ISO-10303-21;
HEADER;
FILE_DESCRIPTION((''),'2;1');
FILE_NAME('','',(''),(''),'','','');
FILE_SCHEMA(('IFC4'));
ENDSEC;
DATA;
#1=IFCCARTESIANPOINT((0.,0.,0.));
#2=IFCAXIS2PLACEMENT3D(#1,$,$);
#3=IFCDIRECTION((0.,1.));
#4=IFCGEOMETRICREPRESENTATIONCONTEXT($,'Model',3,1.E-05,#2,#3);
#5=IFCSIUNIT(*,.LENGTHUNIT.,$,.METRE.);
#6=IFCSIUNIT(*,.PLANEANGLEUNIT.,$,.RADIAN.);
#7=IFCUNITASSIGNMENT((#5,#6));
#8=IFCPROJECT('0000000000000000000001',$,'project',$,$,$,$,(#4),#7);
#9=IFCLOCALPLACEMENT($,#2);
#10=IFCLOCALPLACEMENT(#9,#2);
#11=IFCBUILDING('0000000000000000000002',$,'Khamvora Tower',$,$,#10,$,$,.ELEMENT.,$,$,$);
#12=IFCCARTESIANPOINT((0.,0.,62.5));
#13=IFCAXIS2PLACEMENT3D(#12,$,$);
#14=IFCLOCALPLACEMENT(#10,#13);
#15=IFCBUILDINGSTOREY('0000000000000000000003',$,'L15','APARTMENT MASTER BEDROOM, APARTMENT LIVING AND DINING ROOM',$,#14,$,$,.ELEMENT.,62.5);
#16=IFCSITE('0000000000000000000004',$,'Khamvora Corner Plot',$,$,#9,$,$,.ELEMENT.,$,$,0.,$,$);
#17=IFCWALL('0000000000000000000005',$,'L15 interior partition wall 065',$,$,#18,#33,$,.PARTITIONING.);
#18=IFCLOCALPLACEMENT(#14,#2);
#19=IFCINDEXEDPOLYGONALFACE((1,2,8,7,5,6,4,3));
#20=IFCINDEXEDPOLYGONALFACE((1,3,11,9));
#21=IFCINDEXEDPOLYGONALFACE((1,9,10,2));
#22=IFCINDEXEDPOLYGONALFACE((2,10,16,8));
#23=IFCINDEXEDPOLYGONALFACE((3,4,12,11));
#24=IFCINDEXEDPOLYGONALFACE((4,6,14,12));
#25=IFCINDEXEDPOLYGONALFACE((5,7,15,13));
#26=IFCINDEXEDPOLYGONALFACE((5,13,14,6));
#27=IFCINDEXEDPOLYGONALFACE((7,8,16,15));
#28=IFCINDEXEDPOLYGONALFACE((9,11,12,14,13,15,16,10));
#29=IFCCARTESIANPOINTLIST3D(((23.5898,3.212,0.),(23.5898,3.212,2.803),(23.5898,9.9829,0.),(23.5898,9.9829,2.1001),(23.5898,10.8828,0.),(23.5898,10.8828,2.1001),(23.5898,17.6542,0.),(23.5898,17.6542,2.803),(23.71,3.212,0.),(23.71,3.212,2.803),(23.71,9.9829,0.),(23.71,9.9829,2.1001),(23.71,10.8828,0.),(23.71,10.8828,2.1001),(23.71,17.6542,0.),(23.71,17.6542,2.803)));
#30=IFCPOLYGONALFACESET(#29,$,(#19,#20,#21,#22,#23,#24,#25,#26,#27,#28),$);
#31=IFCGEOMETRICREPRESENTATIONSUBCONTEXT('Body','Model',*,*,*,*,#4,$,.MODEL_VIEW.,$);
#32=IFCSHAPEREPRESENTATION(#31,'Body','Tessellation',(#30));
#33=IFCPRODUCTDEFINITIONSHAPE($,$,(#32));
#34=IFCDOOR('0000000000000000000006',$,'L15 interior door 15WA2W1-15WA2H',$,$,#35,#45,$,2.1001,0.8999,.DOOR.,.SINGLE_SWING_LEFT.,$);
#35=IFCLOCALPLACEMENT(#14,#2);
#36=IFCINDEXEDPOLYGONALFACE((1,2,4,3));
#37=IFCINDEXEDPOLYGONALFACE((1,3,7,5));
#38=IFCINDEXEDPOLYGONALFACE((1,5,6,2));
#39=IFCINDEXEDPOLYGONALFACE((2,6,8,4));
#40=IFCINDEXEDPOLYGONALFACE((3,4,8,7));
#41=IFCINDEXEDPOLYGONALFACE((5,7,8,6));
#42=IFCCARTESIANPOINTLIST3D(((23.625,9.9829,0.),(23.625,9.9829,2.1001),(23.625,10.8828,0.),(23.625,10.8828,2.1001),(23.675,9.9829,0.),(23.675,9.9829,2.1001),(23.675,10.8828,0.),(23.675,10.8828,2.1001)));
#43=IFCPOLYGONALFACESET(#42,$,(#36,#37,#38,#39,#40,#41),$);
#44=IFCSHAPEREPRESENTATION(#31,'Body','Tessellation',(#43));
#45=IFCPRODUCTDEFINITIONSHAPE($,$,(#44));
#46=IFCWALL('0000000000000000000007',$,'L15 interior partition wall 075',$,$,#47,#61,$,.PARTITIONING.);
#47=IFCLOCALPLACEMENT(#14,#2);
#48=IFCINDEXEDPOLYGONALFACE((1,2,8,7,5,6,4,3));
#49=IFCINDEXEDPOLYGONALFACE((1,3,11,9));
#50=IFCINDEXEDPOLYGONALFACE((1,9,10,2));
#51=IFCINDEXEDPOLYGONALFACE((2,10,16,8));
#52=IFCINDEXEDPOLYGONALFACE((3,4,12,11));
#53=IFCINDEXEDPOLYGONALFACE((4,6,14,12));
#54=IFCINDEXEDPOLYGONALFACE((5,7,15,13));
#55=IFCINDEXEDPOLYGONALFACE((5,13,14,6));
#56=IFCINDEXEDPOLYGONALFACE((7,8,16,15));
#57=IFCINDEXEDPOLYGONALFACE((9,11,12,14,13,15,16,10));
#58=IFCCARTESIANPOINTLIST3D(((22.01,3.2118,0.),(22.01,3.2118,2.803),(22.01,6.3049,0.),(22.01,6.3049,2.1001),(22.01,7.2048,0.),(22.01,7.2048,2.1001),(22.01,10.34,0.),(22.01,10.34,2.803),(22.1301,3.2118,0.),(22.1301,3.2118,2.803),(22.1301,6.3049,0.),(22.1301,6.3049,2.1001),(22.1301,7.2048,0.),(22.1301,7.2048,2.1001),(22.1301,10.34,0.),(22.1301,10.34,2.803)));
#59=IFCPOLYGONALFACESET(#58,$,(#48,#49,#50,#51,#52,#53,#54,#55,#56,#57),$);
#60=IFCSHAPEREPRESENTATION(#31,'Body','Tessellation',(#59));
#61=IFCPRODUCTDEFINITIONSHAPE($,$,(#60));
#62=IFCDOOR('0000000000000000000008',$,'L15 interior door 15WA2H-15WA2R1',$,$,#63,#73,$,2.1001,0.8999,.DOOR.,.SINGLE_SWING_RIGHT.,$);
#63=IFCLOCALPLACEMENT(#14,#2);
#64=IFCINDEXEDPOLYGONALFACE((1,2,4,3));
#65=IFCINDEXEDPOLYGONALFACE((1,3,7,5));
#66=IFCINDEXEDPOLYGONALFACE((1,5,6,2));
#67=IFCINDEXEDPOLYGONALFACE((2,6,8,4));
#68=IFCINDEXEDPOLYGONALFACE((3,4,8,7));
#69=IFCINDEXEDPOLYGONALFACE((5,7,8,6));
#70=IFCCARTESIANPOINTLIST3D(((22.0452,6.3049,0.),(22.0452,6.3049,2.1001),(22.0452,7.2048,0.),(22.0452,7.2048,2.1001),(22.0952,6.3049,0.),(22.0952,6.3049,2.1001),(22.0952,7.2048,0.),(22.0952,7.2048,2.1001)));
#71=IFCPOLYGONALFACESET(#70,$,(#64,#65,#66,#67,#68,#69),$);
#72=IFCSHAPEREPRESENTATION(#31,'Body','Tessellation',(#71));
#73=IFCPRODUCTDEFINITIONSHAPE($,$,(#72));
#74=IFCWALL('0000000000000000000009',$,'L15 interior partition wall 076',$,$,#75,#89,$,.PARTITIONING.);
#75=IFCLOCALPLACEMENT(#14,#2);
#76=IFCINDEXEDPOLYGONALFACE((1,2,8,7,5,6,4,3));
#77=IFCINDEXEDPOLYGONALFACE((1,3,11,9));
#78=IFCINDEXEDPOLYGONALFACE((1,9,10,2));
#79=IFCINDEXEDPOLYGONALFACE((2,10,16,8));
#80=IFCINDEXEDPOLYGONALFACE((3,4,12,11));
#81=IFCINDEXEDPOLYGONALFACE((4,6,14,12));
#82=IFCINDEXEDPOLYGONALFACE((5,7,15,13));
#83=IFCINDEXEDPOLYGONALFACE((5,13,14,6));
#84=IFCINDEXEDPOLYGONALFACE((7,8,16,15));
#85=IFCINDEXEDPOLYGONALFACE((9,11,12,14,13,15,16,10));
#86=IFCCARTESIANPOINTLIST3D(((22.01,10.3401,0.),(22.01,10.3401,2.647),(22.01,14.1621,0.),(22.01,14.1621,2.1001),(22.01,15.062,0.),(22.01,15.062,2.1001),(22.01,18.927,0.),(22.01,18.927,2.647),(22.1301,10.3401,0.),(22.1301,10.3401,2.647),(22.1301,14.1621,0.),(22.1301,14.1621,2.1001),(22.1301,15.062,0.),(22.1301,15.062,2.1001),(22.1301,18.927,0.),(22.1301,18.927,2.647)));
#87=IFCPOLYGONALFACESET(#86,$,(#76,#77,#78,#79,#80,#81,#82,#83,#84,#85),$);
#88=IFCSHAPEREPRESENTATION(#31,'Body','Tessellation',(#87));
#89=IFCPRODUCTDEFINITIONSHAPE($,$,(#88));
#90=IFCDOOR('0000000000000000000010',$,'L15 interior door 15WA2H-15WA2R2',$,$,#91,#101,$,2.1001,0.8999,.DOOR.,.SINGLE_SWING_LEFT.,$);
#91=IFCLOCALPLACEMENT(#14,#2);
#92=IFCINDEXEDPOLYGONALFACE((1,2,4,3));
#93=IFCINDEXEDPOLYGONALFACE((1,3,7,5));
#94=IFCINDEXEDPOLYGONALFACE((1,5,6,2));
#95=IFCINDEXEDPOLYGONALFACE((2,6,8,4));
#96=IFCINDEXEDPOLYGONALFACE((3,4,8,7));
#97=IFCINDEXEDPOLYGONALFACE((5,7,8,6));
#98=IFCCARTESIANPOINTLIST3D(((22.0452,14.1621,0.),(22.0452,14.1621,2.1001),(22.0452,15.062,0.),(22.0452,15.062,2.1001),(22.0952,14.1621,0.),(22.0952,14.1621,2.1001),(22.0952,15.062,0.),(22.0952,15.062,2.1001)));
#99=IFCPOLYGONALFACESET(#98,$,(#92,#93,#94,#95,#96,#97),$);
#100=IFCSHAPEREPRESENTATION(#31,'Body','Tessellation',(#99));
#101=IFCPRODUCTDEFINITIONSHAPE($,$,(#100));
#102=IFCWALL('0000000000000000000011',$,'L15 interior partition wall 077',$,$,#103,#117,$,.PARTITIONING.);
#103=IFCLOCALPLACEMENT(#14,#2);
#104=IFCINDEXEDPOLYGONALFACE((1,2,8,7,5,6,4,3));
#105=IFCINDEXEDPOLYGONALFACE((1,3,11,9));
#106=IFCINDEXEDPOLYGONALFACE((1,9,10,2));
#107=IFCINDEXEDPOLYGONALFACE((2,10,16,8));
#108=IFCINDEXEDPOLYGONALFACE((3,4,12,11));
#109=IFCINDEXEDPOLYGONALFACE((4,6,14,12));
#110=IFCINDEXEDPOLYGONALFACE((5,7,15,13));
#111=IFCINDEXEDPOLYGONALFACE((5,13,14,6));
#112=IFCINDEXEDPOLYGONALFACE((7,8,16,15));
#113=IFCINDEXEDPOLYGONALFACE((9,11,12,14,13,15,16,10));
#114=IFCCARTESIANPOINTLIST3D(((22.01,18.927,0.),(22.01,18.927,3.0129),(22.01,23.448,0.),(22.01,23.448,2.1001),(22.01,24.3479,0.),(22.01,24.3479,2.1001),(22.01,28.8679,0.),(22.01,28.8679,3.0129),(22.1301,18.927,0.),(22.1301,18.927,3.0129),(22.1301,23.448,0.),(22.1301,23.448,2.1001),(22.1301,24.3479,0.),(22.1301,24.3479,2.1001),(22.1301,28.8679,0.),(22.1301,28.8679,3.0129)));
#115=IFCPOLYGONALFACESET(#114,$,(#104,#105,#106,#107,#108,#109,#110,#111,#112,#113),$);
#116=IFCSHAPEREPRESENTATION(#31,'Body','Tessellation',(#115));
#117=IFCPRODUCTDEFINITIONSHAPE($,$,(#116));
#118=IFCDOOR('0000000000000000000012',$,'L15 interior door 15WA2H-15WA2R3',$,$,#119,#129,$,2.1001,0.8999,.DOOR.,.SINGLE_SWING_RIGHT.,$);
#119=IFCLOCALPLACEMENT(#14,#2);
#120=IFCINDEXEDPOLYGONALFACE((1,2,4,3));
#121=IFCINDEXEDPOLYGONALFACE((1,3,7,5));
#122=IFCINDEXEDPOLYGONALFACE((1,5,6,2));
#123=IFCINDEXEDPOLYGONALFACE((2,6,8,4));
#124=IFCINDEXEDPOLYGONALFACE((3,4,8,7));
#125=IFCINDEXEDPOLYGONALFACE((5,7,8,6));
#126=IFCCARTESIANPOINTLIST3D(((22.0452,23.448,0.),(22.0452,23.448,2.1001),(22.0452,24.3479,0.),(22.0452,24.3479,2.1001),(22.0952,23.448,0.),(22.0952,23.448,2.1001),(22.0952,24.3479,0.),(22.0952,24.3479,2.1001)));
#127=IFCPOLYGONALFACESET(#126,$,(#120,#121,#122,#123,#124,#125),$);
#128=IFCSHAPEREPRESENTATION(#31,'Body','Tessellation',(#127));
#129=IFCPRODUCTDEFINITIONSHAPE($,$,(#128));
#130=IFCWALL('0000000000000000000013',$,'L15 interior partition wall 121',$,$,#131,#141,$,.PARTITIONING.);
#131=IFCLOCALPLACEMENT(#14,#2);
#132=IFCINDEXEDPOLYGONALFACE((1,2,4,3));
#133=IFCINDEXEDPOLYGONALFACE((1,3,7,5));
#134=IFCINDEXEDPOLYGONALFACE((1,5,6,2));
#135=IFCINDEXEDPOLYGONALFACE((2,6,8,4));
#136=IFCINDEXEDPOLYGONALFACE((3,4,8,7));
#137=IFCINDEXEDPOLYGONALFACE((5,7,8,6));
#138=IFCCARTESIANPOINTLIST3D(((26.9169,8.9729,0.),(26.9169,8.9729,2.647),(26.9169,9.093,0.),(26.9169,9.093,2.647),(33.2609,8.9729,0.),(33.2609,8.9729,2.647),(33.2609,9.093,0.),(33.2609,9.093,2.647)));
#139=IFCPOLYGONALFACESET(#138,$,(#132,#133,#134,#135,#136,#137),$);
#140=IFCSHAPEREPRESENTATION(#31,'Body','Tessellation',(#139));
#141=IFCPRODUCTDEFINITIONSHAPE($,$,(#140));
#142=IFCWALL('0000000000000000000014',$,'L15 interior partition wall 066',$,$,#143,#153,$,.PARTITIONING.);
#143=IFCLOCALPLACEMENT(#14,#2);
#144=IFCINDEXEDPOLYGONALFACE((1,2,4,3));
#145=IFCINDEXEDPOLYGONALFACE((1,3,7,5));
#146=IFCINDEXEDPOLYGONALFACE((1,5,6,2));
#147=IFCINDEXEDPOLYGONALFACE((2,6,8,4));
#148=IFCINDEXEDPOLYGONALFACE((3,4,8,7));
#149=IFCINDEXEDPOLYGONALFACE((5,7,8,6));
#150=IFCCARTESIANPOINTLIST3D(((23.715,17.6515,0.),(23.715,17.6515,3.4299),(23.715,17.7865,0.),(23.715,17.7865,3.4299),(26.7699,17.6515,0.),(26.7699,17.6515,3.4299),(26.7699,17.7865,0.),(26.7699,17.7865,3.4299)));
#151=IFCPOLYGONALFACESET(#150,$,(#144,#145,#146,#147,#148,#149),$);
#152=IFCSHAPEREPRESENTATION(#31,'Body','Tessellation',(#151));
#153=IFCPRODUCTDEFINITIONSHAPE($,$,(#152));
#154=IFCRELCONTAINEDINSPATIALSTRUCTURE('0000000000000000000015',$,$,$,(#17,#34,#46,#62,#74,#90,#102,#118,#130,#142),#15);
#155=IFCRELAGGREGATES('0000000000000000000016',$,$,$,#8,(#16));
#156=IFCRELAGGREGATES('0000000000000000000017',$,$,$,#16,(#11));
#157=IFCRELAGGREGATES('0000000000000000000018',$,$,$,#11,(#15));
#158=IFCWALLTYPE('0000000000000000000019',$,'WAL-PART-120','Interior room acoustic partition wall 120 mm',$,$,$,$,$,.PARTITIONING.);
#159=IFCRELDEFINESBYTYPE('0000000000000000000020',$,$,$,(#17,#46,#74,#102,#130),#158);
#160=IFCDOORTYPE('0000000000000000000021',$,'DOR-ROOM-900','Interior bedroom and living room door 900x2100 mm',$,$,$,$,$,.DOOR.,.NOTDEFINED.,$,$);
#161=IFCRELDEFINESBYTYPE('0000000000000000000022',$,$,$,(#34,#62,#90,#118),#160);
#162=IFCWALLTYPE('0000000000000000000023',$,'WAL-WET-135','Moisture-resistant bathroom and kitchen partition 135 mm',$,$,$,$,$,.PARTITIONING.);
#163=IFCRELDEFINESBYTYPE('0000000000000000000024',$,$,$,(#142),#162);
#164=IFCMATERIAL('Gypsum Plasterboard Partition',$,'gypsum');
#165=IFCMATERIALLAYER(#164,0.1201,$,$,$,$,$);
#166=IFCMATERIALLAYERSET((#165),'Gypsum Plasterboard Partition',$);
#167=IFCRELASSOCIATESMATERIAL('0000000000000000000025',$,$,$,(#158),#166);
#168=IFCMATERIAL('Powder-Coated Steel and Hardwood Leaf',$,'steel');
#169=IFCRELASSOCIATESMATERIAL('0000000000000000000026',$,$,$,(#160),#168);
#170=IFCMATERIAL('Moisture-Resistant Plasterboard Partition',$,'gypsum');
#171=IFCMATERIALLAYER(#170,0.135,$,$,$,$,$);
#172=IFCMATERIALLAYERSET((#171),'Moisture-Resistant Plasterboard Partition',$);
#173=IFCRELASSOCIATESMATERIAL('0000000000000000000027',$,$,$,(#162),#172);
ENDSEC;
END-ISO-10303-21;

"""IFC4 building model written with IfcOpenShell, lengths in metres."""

from ifc_helpers import new_model, si_unit, direction, frame, frame_2d, origin, place, context, subcontext, project, spatial, rectangle, extrude, material, layer, layer_set, type_object, element, fill, save


model = new_model("IFC4")

# Units and contexts
model_context = context("Model", 3, precision=1e-05, world=origin(), true_north=direction((0.0, 1.0)))
body_context = subcontext(model_context, "Body", "Model", "MODEL_VIEW")
ifc_project = project(units=[si_unit("LENGTHUNIT", "METRE"), si_unit("PLANEANGLEUNIT", "RADIAN")], contexts=[model_context])

# Site, building, storey
site_placement = place(None, origin())
site = spatial("IfcSite", under=ifc_project, at=site_placement, Name="Khamvora Corner Plot", CompositionType="ELEMENT", RefElevation=0.0)
building_placement = place(site_placement, origin())
building = spatial("IfcBuilding", under=site, at=building_placement, Name="Khamvora Tower", CompositionType="ELEMENT")
storey_placement = place(building_placement, frame((0.0, 0.0, 62.5)))
storey = spatial("IfcBuildingStorey", under=building, at=storey_placement, Name="L15", Description="APARTMENT MASTER BEDROOM, APARTMENT LIVING AND DINING ROOM", CompositionType="ELEMENT", Elevation=62.5)

# Walls, openings, doors
ifc_material_1 = material(Name="Gypsum Plasterboard Partition", Category="gypsum")
ifc_layer_1 = layer(ifc_material_1, 0.1201)
ifc_layer_set_1 = layer_set([ifc_layer_1], Name="Gypsum Plasterboard Partition")
wall_type_1 = type_object("IfcWallType", Name="WAL-PART-120", Description="Interior room acoustic partition wall 120 mm", PredefinedType="PARTITIONING", material=ifc_layer_set_1)
wall_1_placement = place(storey_placement, frame((23.6499, 3.2119, 0.0), z_axis=(0.0, 0.0, 1.0), x_axis=(0.0, 1.0, 0.0)))
wall_1 = element("IfcWall", 1, at=wall_1_placement, inside=storey, type_object=wall_type_1, Name="L15 interior partition wall 065", PredefinedType="PARTITIONING", context=body_context, shape_type="SweptSolid", body=[
    extrude(rectangle(XDim=14.4421, YDim=0.1201, at=frame_2d((7.2212, 0.0))), origin(), (0.0, 0.0, 1.0), 2.803),
])
opening_1_placement = place(wall_1_placement, frame((6.771, 0.0, 0.0)))
opening_1 = element("IfcOpeningElement", 2, at=opening_1_placement, cuts=wall_1, PredefinedType="OPENING", context=body_context, shape_type="SweptSolid", body=[
    extrude(rectangle(XDim=0.8999, YDim=2.1001, at=frame_2d((0.45, 1.05))), frame((0.0, 0.0701, 0.0), z_axis=(0.0, -1.0, 0.0), x_axis=(1.0, 0.0, 0.0)), (0.0, 0.0, 1.0), 0.1401),
])
ifc_material_2 = material(Name="Powder-Coated Steel and Hardwood Leaf", Category="steel")
door_type_1 = type_object("IfcDoorType", Name="DOR-ROOM-900", Description="Interior bedroom and living room door 900x2100 mm", OperationType="NOTDEFINED", PredefinedType="DOOR", material=ifc_material_2)
door_1_placement = place(opening_1_placement, origin())
door_1 = element("IfcDoor", 3, at=door_1_placement, inside=storey, type_object=door_type_1, Name="L15 interior door 15WA2W1-15WA2H", OperationType="SINGLE_SWING_LEFT", OverallHeight=2.1001, OverallWidth=0.8999, PredefinedType="DOOR", context=body_context, shape_type="SweptSolid", body=[
    extrude(rectangle(XDim=0.8999, YDim=2.1001, at=frame_2d((0.45, 1.05))), frame((0.0, 0.0249, 0.0), z_axis=(0.0, -1.0, 0.0), x_axis=(1.0, 0.0, 0.0)), (0.0, 0.0, 1.0), 0.05),
])
fill(opening_1, door_1)
wall_2_placement = place(storey_placement, frame((22.0701, 3.2119, 0.0), z_axis=(0.0, 0.0, 1.0), x_axis=(0.0, 1.0, 0.0)))
wall_2 = element("IfcWall", 4, at=wall_2_placement, inside=storey, type_object=wall_type_1, Name="L15 interior partition wall 075", PredefinedType="PARTITIONING", context=body_context, shape_type="SweptSolid", body=[
    extrude(rectangle(XDim=7.1282, YDim=0.1201, at=frame_2d((3.564, 0.0))), origin(), (0.0, 0.0, 1.0), 2.803),
])
opening_2_placement = place(wall_2_placement, frame((3.093, 0.0, 0.0)))
opening_2 = element("IfcOpeningElement", 5, at=opening_2_placement, cuts=wall_2, PredefinedType="OPENING", context=body_context, shape_type="SweptSolid", body=[
    extrude(rectangle(XDim=0.8999, YDim=2.1001, at=frame_2d((0.45, 1.05))), frame((0.0, 0.0701, 0.0), z_axis=(0.0, -1.0, 0.0), x_axis=(1.0, 0.0, 0.0)), (0.0, 0.0, 1.0), 0.1401),
])
door_2_placement = place(opening_2_placement, origin())
door_2 = element("IfcDoor", 6, at=door_2_placement, inside=storey, type_object=door_type_1, Name="L15 interior door 15WA2H-15WA2R1", OperationType="SINGLE_SWING_RIGHT", OverallHeight=2.1001, OverallWidth=0.8999, PredefinedType="DOOR", context=body_context, shape_type="SweptSolid", body=[
    extrude(rectangle(XDim=0.8999, YDim=2.1001, at=frame_2d((0.45, 1.05))), frame((0.0, 0.0249, 0.0), z_axis=(0.0, -1.0, 0.0), x_axis=(1.0, 0.0, 0.0)), (0.0, 0.0, 1.0), 0.05),
])
fill(opening_2, door_2)
wall_3_placement = place(storey_placement, frame((22.0701, 10.3401, 0.0), z_axis=(0.0, 0.0, 1.0), x_axis=(0.0, 1.0, 0.0)))
wall_3 = element("IfcWall", 7, at=wall_3_placement, inside=storey, type_object=wall_type_1, Name="L15 interior partition wall 076", PredefinedType="PARTITIONING", context=body_context, shape_type="SweptSolid", body=[
    extrude(rectangle(XDim=8.5869, YDim=0.1201, at=frame_2d((4.2935, 0.0))), origin(), (0.0, 0.0, 1.0), 2.647),
])
opening_3_placement = place(wall_3_placement, frame((3.822, 0.0, 0.0)))
opening_3 = element("IfcOpeningElement", 8, at=opening_3_placement, cuts=wall_3, PredefinedType="OPENING", context=body_context, shape_type="SweptSolid", body=[
    extrude(rectangle(XDim=0.8999, YDim=2.1001, at=frame_2d((0.45, 1.05))), frame((0.0, 0.0701, 0.0), z_axis=(0.0, -1.0, 0.0), x_axis=(1.0, 0.0, 0.0)), (0.0, 0.0, 1.0), 0.1401),
])
door_3_placement = place(opening_3_placement, origin())
door_3 = element("IfcDoor", 9, at=door_3_placement, inside=storey, type_object=door_type_1, Name="L15 interior door 15WA2H-15WA2R2", OperationType="SINGLE_SWING_LEFT", OverallHeight=2.1001, OverallWidth=0.8999, PredefinedType="DOOR", context=body_context, shape_type="SweptSolid", body=[
    extrude(rectangle(XDim=0.8999, YDim=2.1001, at=frame_2d((0.45, 1.05))), frame((0.0, 0.0249, 0.0), z_axis=(0.0, -1.0, 0.0), x_axis=(1.0, 0.0, 0.0)), (0.0, 0.0, 1.0), 0.05),
])
fill(opening_3, door_3)
wall_4_placement = place(storey_placement, frame((22.0701, 18.927, 0.0), z_axis=(0.0, 0.0, 1.0), x_axis=(0.0, 1.0, 0.0)))
wall_4 = element("IfcWall", 10, at=wall_4_placement, inside=storey, type_object=wall_type_1, Name="L15 interior partition wall 077", PredefinedType="PARTITIONING", context=body_context, shape_type="SweptSolid", body=[
    extrude(rectangle(XDim=9.9409, YDim=0.1201, at=frame_2d((4.9705, 0.0))), origin(), (0.0, 0.0, 1.0), 3.0129),
])
opening_4_placement = place(wall_4_placement, frame((4.521, 0.0, 0.0)))
opening_4 = element("IfcOpeningElement", 11, at=opening_4_placement, cuts=wall_4, PredefinedType="OPENING", context=body_context, shape_type="SweptSolid", body=[
    extrude(rectangle(XDim=0.8999, YDim=2.1001, at=frame_2d((0.45, 1.05))), frame((0.0, 0.0701, 0.0), z_axis=(0.0, -1.0, 0.0), x_axis=(1.0, 0.0, 0.0)), (0.0, 0.0, 1.0), 0.1401),
])
door_4_placement = place(opening_4_placement, origin())
door_4 = element("IfcDoor", 12, at=door_4_placement, inside=storey, type_object=door_type_1, Name="L15 interior door 15WA2H-15WA2R3", OperationType="SINGLE_SWING_RIGHT", OverallHeight=2.1001, OverallWidth=0.8999, PredefinedType="DOOR", context=body_context, shape_type="SweptSolid", body=[
    extrude(rectangle(XDim=0.8999, YDim=2.1001, at=frame_2d((0.45, 1.05))), frame((0.0, 0.0249, 0.0), z_axis=(0.0, -1.0, 0.0), x_axis=(1.0, 0.0, 0.0)), (0.0, 0.0, 1.0), 0.05),
])
fill(opening_4, door_4)

# Walls
wall_5_placement = place(storey_placement, frame((26.917, 9.033, 0.0), z_axis=(0.0, 0.0, 1.0), x_axis=(1.0, 0.0, 0.0)))
element("IfcWall", 13, at=wall_5_placement, inside=storey, type_object=wall_type_1, Name="L15 interior partition wall 121", PredefinedType="PARTITIONING", context=body_context, shape_type="SweptSolid", body=[
    extrude(rectangle(XDim=6.344, YDim=0.1201, at=frame_2d((3.1719, 0.0))), origin(), (0.0, 0.0, 1.0), 2.647),
])
ifc_material_3 = material(Name="Moisture-Resistant Plasterboard Partition", Category="gypsum")
ifc_layer_2 = layer(ifc_material_3, 0.135)
ifc_layer_set_2 = layer_set([ifc_layer_2], Name="Moisture-Resistant Plasterboard Partition")
wall_type_2 = type_object("IfcWallType", Name="WAL-WET-135", Description="Moisture-resistant bathroom and kitchen partition 135 mm", PredefinedType="PARTITIONING", material=ifc_layer_set_2)
wall_6_placement = place(storey_placement, frame((23.7151, 17.719, 0.0), z_axis=(0.0, 0.0, 1.0), x_axis=(1.0, 0.0, 0.0)))
element("IfcWall", 14, at=wall_6_placement, inside=storey, type_object=wall_type_2, Name="L15 interior partition wall 066", PredefinedType="PARTITIONING", context=body_context, shape_type="SweptSolid", body=[
    extrude(rectangle(XDim=3.0549, YDim=0.135, at=frame_2d((1.5273, 0.0))), origin(), (0.0, 0.0, 1.0), 3.4299),
])

save(model, "model.ifc")
